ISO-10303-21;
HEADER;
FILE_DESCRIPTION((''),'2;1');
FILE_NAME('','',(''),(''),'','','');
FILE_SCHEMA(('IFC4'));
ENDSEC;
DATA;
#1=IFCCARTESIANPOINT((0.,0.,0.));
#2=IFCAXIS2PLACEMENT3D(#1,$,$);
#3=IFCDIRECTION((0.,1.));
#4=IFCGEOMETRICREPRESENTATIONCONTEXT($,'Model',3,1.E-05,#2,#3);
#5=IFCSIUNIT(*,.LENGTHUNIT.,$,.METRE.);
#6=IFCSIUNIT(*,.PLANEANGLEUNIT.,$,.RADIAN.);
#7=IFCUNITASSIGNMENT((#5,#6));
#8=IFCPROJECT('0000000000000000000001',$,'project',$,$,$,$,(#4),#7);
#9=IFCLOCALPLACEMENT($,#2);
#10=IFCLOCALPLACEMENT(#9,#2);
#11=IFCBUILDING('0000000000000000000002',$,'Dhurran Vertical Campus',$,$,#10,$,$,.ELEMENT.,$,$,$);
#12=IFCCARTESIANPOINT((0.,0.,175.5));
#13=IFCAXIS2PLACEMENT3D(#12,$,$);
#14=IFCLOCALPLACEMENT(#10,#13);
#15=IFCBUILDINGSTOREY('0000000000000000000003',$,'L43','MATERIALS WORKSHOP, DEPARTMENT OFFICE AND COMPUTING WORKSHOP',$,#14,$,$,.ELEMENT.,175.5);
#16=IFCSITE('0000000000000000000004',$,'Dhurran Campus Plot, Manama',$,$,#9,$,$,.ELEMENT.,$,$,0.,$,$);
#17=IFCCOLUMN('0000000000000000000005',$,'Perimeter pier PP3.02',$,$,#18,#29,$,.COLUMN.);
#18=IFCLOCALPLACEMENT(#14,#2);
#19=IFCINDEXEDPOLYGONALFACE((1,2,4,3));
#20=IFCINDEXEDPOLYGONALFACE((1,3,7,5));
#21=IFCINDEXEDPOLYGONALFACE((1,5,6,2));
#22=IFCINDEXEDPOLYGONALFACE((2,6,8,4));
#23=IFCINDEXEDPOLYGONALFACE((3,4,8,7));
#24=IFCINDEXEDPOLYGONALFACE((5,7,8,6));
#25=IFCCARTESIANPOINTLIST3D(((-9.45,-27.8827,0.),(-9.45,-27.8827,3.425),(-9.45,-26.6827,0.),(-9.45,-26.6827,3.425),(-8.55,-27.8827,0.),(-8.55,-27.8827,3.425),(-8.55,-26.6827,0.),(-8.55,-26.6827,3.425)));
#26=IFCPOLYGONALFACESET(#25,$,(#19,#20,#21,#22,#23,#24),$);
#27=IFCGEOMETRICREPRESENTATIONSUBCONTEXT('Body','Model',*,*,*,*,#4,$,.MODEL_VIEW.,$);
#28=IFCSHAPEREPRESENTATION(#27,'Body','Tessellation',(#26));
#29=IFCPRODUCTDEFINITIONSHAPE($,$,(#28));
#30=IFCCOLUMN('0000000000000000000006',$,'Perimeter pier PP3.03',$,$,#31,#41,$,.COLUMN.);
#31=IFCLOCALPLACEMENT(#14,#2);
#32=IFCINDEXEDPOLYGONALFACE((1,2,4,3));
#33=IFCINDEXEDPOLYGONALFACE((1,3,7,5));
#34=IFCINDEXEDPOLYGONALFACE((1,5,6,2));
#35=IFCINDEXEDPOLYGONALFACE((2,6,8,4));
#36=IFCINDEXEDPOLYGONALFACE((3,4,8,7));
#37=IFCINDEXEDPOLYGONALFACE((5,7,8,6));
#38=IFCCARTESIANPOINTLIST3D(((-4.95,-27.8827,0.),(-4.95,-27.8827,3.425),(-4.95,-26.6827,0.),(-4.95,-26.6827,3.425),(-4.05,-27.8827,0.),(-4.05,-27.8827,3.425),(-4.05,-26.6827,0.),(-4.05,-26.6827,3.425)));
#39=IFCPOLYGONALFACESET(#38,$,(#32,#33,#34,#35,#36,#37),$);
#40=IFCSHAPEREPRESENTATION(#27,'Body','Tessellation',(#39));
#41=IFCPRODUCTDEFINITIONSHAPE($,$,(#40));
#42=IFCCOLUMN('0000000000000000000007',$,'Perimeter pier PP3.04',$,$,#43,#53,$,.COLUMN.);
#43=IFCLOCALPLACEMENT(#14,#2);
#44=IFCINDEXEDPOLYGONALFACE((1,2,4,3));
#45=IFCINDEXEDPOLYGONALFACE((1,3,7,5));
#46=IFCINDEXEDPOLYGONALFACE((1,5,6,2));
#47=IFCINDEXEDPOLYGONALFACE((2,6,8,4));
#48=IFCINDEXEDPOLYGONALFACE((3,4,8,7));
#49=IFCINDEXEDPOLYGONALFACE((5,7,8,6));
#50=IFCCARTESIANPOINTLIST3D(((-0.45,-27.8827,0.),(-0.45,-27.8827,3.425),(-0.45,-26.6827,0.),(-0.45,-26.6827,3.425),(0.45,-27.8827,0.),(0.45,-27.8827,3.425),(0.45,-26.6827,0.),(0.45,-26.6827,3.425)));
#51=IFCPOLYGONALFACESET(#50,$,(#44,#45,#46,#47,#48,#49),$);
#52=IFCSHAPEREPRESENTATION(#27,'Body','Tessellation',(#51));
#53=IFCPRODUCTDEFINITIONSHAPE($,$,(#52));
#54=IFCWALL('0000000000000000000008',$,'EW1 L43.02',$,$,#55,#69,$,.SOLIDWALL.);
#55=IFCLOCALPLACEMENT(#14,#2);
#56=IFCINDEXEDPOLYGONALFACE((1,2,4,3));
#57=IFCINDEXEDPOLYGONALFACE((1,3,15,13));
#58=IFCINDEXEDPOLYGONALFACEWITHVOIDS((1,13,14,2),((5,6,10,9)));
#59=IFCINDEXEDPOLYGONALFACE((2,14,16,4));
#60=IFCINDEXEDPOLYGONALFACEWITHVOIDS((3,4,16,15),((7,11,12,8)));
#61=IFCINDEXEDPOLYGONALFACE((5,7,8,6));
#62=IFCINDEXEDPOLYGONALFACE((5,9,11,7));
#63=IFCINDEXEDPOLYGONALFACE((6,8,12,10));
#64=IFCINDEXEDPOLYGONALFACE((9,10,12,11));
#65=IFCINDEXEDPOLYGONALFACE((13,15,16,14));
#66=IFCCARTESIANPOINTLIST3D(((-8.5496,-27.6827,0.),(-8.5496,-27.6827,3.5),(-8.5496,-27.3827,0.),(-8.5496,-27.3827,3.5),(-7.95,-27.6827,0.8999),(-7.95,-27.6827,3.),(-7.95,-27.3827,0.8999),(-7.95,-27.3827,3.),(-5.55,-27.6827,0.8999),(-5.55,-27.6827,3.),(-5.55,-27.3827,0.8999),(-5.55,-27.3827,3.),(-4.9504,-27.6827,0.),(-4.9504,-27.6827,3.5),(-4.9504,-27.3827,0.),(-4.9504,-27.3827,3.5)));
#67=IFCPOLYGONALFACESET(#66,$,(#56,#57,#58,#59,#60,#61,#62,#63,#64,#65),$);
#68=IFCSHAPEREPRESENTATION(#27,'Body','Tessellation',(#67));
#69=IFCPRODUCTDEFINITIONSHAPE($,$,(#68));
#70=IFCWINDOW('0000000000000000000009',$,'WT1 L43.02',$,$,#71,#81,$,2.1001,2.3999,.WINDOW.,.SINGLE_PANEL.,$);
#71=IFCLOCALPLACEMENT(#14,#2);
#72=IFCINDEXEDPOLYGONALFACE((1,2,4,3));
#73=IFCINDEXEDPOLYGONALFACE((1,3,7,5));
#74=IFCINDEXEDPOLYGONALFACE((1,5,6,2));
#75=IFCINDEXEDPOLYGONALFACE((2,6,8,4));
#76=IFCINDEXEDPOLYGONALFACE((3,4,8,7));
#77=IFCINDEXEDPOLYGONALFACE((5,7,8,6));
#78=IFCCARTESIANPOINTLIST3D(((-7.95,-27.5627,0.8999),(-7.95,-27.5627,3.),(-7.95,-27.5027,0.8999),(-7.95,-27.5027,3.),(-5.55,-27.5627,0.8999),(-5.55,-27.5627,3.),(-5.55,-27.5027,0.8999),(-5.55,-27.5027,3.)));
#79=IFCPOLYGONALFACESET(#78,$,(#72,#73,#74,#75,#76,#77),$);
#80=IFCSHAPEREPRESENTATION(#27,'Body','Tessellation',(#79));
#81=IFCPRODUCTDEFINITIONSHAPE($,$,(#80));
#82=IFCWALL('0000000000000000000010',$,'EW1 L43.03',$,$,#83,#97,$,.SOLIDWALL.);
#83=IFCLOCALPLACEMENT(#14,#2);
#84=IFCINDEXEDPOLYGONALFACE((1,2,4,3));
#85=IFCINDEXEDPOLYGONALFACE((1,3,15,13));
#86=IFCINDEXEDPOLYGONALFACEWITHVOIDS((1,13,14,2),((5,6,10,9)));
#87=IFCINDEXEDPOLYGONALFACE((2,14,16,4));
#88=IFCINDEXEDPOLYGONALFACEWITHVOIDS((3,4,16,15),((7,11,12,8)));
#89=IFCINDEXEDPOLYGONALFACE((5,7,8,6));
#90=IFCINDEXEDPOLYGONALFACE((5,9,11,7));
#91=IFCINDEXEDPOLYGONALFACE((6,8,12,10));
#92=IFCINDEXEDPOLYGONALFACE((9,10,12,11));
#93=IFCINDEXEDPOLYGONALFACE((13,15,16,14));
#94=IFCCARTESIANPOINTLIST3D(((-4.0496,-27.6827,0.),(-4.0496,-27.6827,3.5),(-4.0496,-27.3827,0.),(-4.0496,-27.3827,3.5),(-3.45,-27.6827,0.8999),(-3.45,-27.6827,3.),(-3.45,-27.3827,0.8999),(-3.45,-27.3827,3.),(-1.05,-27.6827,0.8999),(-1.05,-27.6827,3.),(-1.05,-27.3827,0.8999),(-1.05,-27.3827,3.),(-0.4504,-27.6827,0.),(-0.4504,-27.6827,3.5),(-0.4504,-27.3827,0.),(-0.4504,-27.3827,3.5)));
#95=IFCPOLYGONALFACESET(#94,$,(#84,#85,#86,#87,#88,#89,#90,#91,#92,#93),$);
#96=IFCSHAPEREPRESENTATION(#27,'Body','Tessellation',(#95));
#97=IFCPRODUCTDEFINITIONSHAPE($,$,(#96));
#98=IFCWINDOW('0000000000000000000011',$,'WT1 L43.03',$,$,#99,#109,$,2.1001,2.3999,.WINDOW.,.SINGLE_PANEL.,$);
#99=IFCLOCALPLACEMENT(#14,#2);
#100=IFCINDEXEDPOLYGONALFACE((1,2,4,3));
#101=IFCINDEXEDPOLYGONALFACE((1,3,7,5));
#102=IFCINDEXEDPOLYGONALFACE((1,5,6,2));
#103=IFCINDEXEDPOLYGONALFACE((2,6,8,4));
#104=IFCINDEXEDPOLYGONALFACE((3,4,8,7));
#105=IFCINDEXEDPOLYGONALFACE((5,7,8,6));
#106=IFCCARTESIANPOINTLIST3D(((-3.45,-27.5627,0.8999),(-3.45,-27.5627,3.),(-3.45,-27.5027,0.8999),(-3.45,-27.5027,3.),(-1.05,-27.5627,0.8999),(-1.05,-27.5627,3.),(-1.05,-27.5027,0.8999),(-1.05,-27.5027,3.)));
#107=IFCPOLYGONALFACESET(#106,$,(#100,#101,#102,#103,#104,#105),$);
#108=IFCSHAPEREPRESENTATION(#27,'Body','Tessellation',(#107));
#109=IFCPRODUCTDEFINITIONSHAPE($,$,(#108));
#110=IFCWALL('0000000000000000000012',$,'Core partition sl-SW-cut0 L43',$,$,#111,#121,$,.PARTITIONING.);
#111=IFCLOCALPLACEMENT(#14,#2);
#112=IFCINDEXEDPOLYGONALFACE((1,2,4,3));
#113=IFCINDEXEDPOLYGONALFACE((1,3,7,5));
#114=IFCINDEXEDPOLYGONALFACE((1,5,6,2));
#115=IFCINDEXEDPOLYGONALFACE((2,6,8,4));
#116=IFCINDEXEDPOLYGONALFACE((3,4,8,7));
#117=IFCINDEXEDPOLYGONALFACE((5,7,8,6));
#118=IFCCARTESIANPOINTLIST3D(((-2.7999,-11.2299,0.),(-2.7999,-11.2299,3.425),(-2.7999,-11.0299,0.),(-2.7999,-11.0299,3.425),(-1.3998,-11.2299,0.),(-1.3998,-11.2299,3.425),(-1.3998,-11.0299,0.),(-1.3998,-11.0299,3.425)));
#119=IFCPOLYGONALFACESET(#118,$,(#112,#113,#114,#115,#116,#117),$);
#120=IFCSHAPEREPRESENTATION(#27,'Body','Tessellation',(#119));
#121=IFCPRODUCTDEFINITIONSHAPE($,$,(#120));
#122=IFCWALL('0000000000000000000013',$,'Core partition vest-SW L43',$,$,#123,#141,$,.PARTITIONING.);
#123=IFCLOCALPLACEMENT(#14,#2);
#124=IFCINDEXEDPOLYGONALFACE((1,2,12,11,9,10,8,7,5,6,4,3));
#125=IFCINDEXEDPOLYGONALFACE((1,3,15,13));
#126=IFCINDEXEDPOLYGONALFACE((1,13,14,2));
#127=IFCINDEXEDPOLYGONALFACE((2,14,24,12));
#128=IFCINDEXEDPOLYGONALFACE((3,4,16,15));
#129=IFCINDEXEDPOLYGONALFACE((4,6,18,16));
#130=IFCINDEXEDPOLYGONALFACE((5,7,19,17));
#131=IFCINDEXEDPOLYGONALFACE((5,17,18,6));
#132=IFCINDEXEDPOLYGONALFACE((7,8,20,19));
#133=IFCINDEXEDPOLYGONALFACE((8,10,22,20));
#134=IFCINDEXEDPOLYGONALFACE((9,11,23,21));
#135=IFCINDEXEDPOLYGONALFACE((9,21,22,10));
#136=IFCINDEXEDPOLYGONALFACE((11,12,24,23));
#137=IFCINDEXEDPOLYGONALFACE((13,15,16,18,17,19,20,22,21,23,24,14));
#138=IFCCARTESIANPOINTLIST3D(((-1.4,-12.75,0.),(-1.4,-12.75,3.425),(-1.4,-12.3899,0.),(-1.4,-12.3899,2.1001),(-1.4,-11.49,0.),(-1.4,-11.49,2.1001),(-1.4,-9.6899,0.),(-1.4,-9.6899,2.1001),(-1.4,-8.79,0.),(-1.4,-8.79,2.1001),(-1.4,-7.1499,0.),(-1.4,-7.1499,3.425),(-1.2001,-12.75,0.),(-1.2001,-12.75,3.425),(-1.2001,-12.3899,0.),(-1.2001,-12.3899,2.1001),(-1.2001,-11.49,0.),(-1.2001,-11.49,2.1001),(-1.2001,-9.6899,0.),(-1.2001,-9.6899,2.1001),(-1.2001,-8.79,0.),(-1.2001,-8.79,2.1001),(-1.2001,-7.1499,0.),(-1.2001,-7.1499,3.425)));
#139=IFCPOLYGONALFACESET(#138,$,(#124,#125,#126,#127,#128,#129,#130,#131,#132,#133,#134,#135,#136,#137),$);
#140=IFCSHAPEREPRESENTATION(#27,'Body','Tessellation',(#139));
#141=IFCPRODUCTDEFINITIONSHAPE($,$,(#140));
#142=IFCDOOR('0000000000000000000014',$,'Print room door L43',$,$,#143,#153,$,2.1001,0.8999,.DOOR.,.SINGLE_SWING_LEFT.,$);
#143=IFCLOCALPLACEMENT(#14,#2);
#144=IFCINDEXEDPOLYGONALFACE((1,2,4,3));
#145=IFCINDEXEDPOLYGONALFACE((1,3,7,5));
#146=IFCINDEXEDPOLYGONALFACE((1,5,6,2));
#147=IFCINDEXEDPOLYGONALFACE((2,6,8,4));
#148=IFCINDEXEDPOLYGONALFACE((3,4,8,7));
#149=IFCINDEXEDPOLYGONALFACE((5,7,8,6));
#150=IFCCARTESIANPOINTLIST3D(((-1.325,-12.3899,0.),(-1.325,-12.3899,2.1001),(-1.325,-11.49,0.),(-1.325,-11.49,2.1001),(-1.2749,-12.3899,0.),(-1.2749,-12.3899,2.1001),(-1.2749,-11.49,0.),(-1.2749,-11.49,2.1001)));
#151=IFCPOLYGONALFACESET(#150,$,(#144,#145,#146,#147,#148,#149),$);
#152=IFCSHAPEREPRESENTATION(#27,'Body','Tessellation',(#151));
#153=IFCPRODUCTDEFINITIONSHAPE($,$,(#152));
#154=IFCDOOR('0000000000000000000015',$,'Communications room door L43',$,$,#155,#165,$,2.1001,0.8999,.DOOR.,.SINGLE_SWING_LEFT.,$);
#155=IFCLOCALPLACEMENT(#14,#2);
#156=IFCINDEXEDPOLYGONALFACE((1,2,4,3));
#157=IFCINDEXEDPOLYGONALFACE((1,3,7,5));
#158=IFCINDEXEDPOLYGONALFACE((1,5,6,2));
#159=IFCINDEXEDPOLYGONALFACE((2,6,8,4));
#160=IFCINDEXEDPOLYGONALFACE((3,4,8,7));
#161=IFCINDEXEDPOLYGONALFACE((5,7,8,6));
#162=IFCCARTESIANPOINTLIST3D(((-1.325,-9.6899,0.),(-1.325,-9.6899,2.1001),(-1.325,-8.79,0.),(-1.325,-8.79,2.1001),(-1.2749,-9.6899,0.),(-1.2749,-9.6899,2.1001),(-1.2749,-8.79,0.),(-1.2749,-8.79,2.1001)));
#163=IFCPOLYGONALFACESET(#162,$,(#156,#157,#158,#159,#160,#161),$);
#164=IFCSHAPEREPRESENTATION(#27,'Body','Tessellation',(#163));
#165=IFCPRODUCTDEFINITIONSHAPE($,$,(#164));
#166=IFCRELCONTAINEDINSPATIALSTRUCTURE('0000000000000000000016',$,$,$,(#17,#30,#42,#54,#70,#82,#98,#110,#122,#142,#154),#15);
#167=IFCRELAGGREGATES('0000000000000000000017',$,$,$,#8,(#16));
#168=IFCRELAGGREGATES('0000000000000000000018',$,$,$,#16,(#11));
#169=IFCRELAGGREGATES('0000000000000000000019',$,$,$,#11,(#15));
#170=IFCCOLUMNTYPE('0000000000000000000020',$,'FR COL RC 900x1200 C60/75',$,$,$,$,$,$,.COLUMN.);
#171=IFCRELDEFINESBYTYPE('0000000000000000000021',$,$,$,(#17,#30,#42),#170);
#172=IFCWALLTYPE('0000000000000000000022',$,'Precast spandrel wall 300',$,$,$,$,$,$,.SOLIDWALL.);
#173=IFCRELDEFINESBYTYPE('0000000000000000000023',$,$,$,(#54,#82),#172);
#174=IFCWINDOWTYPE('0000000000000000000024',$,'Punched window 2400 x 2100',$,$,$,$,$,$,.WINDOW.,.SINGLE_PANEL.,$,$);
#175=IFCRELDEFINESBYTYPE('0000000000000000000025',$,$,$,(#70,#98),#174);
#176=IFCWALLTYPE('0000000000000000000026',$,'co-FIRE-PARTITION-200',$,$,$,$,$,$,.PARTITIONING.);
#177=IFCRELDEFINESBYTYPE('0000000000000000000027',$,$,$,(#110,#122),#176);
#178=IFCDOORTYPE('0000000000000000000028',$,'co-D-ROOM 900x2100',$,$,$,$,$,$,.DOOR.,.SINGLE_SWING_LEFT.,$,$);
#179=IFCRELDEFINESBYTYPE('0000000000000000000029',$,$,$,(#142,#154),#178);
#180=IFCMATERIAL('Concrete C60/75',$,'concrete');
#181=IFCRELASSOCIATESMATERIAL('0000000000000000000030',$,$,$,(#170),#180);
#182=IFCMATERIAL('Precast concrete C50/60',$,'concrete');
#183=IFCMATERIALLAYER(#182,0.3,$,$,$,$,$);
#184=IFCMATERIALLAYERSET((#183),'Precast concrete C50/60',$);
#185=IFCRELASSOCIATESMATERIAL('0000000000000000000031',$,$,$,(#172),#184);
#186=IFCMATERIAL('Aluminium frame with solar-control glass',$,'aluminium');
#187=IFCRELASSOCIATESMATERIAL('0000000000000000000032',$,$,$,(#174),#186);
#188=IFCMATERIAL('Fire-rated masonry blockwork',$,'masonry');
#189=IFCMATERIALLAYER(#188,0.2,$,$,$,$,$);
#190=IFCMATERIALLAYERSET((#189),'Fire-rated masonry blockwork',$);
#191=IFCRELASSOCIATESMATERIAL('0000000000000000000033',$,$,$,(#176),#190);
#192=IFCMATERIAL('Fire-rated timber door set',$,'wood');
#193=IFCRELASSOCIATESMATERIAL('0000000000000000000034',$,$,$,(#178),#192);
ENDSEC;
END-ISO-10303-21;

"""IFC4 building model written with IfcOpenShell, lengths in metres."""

from ifc_helpers import new_model, si_unit, direction, frame, frame_2d, origin, origin_2d, place, context, subcontext, project, spatial, rectangle, extrude, material, layer, layer_set, material_profile, profile_set, type_object, element, fill, save


model = new_model("IFC4")

# Units and contexts
model_context = context("Model", 3, precision=1e-05, world=origin(), true_north=direction((0.0, 1.0)))
body_context = subcontext(model_context, "Body", "Model", "MODEL_VIEW")
ifc_project = project(units=[si_unit("LENGTHUNIT", "METRE"), si_unit("PLANEANGLEUNIT", "RADIAN")], contexts=[model_context])

# Site, building, storey
site_placement = place(None, origin())
site = spatial("IfcSite", under=ifc_project, at=site_placement, Name="Dhurran Campus Plot, Manama", CompositionType="ELEMENT", RefElevation=0.0)
building_placement = place(site_placement, origin())
building = spatial("IfcBuilding", under=site, at=building_placement, Name="Dhurran Vertical Campus", CompositionType="ELEMENT")
storey_placement = place(building_placement, frame((0.0, 0.0, 175.5)))
storey = spatial("IfcBuildingStorey", under=building, at=storey_placement, Name="L43", Description="MATERIALS WORKSHOP, DEPARTMENT OFFICE AND COMPUTING WORKSHOP", CompositionType="ELEMENT", Elevation=175.5)

# Columns
ifc_material_1 = material(Name="Concrete C60/75", Category="concrete")
ifc_material_profile = material_profile(ifc_material_1, rectangle(XDim=0.8999, YDim=1.2, at=origin_2d()), Name="RC 900x1200")
ifc_profile_set = profile_set([ifc_material_profile], Name="Concrete C60/75")
column_type = type_object("IfcColumnType", Name="FR COL RC 900x1200 C60/75", PredefinedType="COLUMN", material=ifc_profile_set)
for number, where, z_axis, x_axis, name in (
    (1, (-9.0, -27.2827, 0.0), (0.0, 0.0, 1.0), (1.0, 0.0, 0.0), "Perimeter pier PP3.02"),
    (2, (-4.5, -27.2827, 0.0), (0.0, 0.0, 1.0), (1.0, 0.0, 0.0), "Perimeter pier PP3.03"),
    (3, (0.0, -27.2827, 0.0), (0.0, 0.0, 1.0), (1.0, 0.0, 0.0), "Perimeter pier PP3.04"),
):
    element("IfcColumn", number, at=place(storey_placement, frame(where, z_axis=z_axis, x_axis=x_axis)), inside=storey, type_object=column_type, Name=name, PredefinedType="COLUMN", context=body_context, shape_type="SweptSolid", body=[
        extrude(rectangle(XDim=0.8999, YDim=1.2, at=origin_2d()), origin(), (0.0, 0.0, 1.0), 3.425),
    ])

# Walls, openings, windows
ifc_material_2 = material(Name="Precast concrete C50/60", Category="concrete")
ifc_layer_1 = layer(ifc_material_2, 0.3)
ifc_layer_set_1 = layer_set([ifc_layer_1], Name="Precast concrete C50/60")
wall_type_1 = type_object("IfcWallType", Name="Precast spandrel wall 300", PredefinedType="SOLIDWALL", material=ifc_layer_set_1)
wall_1_placement = place(storey_placement, frame((-8.5496, -27.5327, 0.0), z_axis=(0.0, 0.0, 1.0), x_axis=(1.0, 0.0, 0.0)))
wall_1 = element("IfcWall", 4, at=wall_1_placement, inside=storey, type_object=wall_type_1, Name="EW1 L43.02", PredefinedType="SOLIDWALL", context=body_context, shape_type="SweptSolid", body=[
    extrude(rectangle(XDim=3.5991, YDim=0.3, at=frame_2d((1.7996, 0.0))), origin(), (0.0, 0.0, 1.0), 3.5),
])
opening_1_placement = place(wall_1_placement, frame((0.5996, 0.0, 0.8999)))
opening_1 = element("IfcOpeningElement", 5, at=opening_1_placement, cuts=wall_1, PredefinedType="OPENING", context=body_context, shape_type="SweptSolid", body=[
    extrude(rectangle(XDim=2.3999, YDim=2.1001, at=frame_2d((1.2, 1.05))), frame((0.0, 0.1599, 0.0), z_axis=(0.0, -1.0, 0.0), x_axis=(1.0, 0.0, 0.0)), (0.0, 0.0, 1.0), 0.3201),
])
ifc_material_3 = material(Name="Aluminium frame with solar-control glass", Category="aluminium")
window_type = type_object("IfcWindowType", Name="Punched window 2400 x 2100", PartitioningType="SINGLE_PANEL", PredefinedType="WINDOW", material=ifc_material_3)
window_1_placement = place(opening_1_placement, origin())
window_1 = element("IfcWindow", 6, at=window_1_placement, inside=storey, type_object=window_type, Name="WT1 L43.02", OverallHeight=2.1001, OverallWidth=2.3999, PartitioningType="SINGLE_PANEL", PredefinedType="WINDOW", context=body_context, shape_type="SweptSolid", body=[
    extrude(rectangle(XDim=2.3999, YDim=2.1001, at=frame_2d((1.2, 1.05))), frame((0.0, 0.03, 0.0), z_axis=(0.0, -1.0, 0.0), x_axis=(1.0, 0.0, 0.0)), (0.0, 0.0, 1.0), 0.0601),
])
fill(opening_1, window_1)
wall_2_placement = place(storey_placement, frame((-4.0496, -27.5327, 0.0), z_axis=(0.0, 0.0, 1.0), x_axis=(1.0, 0.0, 0.0)))
wall_2 = element("IfcWall", 7, at=wall_2_placement, inside=storey, type_object=wall_type_1, Name="EW1 L43.03", PredefinedType="SOLIDWALL", context=body_context, shape_type="SweptSolid", body=[
    extrude(rectangle(XDim=3.5991, YDim=0.3, at=frame_2d((1.7996, 0.0))), origin(), (0.0, 0.0, 1.0), 3.5),
])
opening_2_placement = place(wall_2_placement, frame((0.5996, 0.0, 0.8999)))
opening_2 = element("IfcOpeningElement", 8, at=opening_2_placement, cuts=wall_2, PredefinedType="OPENING", context=body_context, shape_type="SweptSolid", body=[
    extrude(rectangle(XDim=2.3999, YDim=2.1001, at=frame_2d((1.2, 1.05))), frame((0.0, 0.1599, 0.0), z_axis=(0.0, -1.0, 0.0), x_axis=(1.0, 0.0, 0.0)), (0.0, 0.0, 1.0), 0.3201),
])
window_2_placement = place(opening_2_placement, origin())
window_2 = element("IfcWindow", 9, at=window_2_placement, inside=storey, type_object=window_type, Name="WT1 L43.03", OverallHeight=2.1001, OverallWidth=2.3999, PartitioningType="SINGLE_PANEL", PredefinedType="WINDOW", context=body_context, shape_type="SweptSolid", body=[
    extrude(rectangle(XDim=2.3999, YDim=2.1001, at=frame_2d((1.2, 1.05))), frame((0.0, 0.03, 0.0), z_axis=(0.0, -1.0, 0.0), x_axis=(1.0, 0.0, 0.0)), (0.0, 0.0, 1.0), 0.0601),
])
fill(opening_2, window_2)

# Wall
ifc_material_4 = material(Name="Fire-rated masonry blockwork", Category="masonry")
ifc_layer_2 = layer(ifc_material_4, 0.2)
ifc_layer_set_2 = layer_set([ifc_layer_2], Name="Fire-rated masonry blockwork")
wall_type_2 = type_object("IfcWallType", Name="co-FIRE-PARTITION-200", PredefinedType="PARTITIONING", material=ifc_layer_set_2)
wall_3_placement = place(storey_placement, frame((-2.8, -11.1299, 0.0), z_axis=(0.0, 0.0, 1.0), x_axis=(1.0, 0.0, 0.0)))
element("IfcWall", 10, at=wall_3_placement, inside=storey, type_object=wall_type_2, Name="Core partition sl-SW-cut0 L43", PredefinedType="PARTITIONING", context=body_context, shape_type="SweptSolid", body=[
    extrude(rectangle(XDim=1.4001, YDim=0.2, at=frame_2d((0.7002, 0.0))), origin(), (0.0, 0.0, 1.0), 3.425),
])

# Wall, openings, doors
wall_4_placement = place(storey_placement, frame((-1.3, -12.75, 0.0), z_axis=(0.0, 0.0, 1.0), x_axis=(0.0, 1.0, 0.0)))
wall_4 = element("IfcWall", 11, at=wall_4_placement, inside=storey, type_object=wall_type_2, Name="Core partition vest-SW L43", PredefinedType="PARTITIONING", context=body_context, shape_type="SweptSolid", body=[
    extrude(rectangle(XDim=5.6001, YDim=0.2, at=frame_2d((2.8, 0.0))), origin(), (0.0, 0.0, 1.0), 3.425),
])
opening_3_placement = place(wall_4_placement, frame((0.3601, 0.0, 0.0)))
opening_3 = element("IfcOpeningElement", 12, at=opening_3_placement, cuts=wall_4, PredefinedType="OPENING", context=body_context, shape_type="SweptSolid", body=[
    extrude(rectangle(XDim=0.8999, YDim=2.1001, at=frame_2d((0.45, 1.05))), frame((0.0, 0.1099, 0.0), z_axis=(0.0, -1.0, 0.0), x_axis=(1.0, 0.0, 0.0)), (0.0, 0.0, 1.0), 0.22),
])
opening_4_placement = place(wall_4_placement, frame((3.0601, 0.0, 0.0)))
opening_4 = element("IfcOpeningElement", 13, at=opening_4_placement, cuts=wall_4, PredefinedType="OPENING", context=body_context, shape_type="SweptSolid", body=[
    extrude(rectangle(XDim=0.8999, YDim=2.1001, at=frame_2d((0.45, 1.05))), frame((0.0, 0.1099, 0.0), z_axis=(0.0, -1.0, 0.0), x_axis=(1.0, 0.0, 0.0)), (0.0, 0.0, 1.0), 0.22),
])
ifc_material_5 = material(Name="Fire-rated timber door set", Category="wood")
door_type_1 = type_object("IfcDoorType", Name="co-D-ROOM 900x2100", OperationType="SINGLE_SWING_LEFT", PredefinedType="DOOR", material=ifc_material_5)
door_1_placement = place(opening_3_placement, origin())
door_1 = element("IfcDoor", 14, at=door_1_placement, inside=storey, type_object=door_type_1, Name="Print room door L43", OperationType="SINGLE_SWING_LEFT", OverallHeight=2.1001, OverallWidth=0.8999, PredefinedType="DOOR", context=body_context, shape_type="SweptSolid", body=[
    extrude(rectangle(XDim=0.8999, YDim=2.1001, at=frame_2d((0.45, 1.05))), frame((0.0, 0.0249, 0.0), z_axis=(0.0, -1.0, 0.0), x_axis=(1.0, 0.0, 0.0)), (0.0, 0.0, 1.0), 0.05),
])
fill(opening_3, door_1)
door_2_placement = place(opening_4_placement, origin())
door_2 = element("IfcDoor", 15, at=door_2_placement, inside=storey, type_object=door_type_1, Name="Communications room door L43", OperationType="SINGLE_SWING_LEFT", OverallHeight=2.1001, OverallWidth=0.8999, PredefinedType="DOOR", context=body_context, shape_type="SweptSolid", body=[
    extrude(rectangle(XDim=0.8999, YDim=2.1001, at=frame_2d((0.45, 1.05))), frame((0.0, 0.0249, 0.0), z_axis=(0.0, -1.0, 0.0), x_axis=(1.0, 0.0, 0.0)), (0.0, 0.0, 1.0), 0.05),
])
fill(opening_4, door_2)

save(model, "model.ifc")
